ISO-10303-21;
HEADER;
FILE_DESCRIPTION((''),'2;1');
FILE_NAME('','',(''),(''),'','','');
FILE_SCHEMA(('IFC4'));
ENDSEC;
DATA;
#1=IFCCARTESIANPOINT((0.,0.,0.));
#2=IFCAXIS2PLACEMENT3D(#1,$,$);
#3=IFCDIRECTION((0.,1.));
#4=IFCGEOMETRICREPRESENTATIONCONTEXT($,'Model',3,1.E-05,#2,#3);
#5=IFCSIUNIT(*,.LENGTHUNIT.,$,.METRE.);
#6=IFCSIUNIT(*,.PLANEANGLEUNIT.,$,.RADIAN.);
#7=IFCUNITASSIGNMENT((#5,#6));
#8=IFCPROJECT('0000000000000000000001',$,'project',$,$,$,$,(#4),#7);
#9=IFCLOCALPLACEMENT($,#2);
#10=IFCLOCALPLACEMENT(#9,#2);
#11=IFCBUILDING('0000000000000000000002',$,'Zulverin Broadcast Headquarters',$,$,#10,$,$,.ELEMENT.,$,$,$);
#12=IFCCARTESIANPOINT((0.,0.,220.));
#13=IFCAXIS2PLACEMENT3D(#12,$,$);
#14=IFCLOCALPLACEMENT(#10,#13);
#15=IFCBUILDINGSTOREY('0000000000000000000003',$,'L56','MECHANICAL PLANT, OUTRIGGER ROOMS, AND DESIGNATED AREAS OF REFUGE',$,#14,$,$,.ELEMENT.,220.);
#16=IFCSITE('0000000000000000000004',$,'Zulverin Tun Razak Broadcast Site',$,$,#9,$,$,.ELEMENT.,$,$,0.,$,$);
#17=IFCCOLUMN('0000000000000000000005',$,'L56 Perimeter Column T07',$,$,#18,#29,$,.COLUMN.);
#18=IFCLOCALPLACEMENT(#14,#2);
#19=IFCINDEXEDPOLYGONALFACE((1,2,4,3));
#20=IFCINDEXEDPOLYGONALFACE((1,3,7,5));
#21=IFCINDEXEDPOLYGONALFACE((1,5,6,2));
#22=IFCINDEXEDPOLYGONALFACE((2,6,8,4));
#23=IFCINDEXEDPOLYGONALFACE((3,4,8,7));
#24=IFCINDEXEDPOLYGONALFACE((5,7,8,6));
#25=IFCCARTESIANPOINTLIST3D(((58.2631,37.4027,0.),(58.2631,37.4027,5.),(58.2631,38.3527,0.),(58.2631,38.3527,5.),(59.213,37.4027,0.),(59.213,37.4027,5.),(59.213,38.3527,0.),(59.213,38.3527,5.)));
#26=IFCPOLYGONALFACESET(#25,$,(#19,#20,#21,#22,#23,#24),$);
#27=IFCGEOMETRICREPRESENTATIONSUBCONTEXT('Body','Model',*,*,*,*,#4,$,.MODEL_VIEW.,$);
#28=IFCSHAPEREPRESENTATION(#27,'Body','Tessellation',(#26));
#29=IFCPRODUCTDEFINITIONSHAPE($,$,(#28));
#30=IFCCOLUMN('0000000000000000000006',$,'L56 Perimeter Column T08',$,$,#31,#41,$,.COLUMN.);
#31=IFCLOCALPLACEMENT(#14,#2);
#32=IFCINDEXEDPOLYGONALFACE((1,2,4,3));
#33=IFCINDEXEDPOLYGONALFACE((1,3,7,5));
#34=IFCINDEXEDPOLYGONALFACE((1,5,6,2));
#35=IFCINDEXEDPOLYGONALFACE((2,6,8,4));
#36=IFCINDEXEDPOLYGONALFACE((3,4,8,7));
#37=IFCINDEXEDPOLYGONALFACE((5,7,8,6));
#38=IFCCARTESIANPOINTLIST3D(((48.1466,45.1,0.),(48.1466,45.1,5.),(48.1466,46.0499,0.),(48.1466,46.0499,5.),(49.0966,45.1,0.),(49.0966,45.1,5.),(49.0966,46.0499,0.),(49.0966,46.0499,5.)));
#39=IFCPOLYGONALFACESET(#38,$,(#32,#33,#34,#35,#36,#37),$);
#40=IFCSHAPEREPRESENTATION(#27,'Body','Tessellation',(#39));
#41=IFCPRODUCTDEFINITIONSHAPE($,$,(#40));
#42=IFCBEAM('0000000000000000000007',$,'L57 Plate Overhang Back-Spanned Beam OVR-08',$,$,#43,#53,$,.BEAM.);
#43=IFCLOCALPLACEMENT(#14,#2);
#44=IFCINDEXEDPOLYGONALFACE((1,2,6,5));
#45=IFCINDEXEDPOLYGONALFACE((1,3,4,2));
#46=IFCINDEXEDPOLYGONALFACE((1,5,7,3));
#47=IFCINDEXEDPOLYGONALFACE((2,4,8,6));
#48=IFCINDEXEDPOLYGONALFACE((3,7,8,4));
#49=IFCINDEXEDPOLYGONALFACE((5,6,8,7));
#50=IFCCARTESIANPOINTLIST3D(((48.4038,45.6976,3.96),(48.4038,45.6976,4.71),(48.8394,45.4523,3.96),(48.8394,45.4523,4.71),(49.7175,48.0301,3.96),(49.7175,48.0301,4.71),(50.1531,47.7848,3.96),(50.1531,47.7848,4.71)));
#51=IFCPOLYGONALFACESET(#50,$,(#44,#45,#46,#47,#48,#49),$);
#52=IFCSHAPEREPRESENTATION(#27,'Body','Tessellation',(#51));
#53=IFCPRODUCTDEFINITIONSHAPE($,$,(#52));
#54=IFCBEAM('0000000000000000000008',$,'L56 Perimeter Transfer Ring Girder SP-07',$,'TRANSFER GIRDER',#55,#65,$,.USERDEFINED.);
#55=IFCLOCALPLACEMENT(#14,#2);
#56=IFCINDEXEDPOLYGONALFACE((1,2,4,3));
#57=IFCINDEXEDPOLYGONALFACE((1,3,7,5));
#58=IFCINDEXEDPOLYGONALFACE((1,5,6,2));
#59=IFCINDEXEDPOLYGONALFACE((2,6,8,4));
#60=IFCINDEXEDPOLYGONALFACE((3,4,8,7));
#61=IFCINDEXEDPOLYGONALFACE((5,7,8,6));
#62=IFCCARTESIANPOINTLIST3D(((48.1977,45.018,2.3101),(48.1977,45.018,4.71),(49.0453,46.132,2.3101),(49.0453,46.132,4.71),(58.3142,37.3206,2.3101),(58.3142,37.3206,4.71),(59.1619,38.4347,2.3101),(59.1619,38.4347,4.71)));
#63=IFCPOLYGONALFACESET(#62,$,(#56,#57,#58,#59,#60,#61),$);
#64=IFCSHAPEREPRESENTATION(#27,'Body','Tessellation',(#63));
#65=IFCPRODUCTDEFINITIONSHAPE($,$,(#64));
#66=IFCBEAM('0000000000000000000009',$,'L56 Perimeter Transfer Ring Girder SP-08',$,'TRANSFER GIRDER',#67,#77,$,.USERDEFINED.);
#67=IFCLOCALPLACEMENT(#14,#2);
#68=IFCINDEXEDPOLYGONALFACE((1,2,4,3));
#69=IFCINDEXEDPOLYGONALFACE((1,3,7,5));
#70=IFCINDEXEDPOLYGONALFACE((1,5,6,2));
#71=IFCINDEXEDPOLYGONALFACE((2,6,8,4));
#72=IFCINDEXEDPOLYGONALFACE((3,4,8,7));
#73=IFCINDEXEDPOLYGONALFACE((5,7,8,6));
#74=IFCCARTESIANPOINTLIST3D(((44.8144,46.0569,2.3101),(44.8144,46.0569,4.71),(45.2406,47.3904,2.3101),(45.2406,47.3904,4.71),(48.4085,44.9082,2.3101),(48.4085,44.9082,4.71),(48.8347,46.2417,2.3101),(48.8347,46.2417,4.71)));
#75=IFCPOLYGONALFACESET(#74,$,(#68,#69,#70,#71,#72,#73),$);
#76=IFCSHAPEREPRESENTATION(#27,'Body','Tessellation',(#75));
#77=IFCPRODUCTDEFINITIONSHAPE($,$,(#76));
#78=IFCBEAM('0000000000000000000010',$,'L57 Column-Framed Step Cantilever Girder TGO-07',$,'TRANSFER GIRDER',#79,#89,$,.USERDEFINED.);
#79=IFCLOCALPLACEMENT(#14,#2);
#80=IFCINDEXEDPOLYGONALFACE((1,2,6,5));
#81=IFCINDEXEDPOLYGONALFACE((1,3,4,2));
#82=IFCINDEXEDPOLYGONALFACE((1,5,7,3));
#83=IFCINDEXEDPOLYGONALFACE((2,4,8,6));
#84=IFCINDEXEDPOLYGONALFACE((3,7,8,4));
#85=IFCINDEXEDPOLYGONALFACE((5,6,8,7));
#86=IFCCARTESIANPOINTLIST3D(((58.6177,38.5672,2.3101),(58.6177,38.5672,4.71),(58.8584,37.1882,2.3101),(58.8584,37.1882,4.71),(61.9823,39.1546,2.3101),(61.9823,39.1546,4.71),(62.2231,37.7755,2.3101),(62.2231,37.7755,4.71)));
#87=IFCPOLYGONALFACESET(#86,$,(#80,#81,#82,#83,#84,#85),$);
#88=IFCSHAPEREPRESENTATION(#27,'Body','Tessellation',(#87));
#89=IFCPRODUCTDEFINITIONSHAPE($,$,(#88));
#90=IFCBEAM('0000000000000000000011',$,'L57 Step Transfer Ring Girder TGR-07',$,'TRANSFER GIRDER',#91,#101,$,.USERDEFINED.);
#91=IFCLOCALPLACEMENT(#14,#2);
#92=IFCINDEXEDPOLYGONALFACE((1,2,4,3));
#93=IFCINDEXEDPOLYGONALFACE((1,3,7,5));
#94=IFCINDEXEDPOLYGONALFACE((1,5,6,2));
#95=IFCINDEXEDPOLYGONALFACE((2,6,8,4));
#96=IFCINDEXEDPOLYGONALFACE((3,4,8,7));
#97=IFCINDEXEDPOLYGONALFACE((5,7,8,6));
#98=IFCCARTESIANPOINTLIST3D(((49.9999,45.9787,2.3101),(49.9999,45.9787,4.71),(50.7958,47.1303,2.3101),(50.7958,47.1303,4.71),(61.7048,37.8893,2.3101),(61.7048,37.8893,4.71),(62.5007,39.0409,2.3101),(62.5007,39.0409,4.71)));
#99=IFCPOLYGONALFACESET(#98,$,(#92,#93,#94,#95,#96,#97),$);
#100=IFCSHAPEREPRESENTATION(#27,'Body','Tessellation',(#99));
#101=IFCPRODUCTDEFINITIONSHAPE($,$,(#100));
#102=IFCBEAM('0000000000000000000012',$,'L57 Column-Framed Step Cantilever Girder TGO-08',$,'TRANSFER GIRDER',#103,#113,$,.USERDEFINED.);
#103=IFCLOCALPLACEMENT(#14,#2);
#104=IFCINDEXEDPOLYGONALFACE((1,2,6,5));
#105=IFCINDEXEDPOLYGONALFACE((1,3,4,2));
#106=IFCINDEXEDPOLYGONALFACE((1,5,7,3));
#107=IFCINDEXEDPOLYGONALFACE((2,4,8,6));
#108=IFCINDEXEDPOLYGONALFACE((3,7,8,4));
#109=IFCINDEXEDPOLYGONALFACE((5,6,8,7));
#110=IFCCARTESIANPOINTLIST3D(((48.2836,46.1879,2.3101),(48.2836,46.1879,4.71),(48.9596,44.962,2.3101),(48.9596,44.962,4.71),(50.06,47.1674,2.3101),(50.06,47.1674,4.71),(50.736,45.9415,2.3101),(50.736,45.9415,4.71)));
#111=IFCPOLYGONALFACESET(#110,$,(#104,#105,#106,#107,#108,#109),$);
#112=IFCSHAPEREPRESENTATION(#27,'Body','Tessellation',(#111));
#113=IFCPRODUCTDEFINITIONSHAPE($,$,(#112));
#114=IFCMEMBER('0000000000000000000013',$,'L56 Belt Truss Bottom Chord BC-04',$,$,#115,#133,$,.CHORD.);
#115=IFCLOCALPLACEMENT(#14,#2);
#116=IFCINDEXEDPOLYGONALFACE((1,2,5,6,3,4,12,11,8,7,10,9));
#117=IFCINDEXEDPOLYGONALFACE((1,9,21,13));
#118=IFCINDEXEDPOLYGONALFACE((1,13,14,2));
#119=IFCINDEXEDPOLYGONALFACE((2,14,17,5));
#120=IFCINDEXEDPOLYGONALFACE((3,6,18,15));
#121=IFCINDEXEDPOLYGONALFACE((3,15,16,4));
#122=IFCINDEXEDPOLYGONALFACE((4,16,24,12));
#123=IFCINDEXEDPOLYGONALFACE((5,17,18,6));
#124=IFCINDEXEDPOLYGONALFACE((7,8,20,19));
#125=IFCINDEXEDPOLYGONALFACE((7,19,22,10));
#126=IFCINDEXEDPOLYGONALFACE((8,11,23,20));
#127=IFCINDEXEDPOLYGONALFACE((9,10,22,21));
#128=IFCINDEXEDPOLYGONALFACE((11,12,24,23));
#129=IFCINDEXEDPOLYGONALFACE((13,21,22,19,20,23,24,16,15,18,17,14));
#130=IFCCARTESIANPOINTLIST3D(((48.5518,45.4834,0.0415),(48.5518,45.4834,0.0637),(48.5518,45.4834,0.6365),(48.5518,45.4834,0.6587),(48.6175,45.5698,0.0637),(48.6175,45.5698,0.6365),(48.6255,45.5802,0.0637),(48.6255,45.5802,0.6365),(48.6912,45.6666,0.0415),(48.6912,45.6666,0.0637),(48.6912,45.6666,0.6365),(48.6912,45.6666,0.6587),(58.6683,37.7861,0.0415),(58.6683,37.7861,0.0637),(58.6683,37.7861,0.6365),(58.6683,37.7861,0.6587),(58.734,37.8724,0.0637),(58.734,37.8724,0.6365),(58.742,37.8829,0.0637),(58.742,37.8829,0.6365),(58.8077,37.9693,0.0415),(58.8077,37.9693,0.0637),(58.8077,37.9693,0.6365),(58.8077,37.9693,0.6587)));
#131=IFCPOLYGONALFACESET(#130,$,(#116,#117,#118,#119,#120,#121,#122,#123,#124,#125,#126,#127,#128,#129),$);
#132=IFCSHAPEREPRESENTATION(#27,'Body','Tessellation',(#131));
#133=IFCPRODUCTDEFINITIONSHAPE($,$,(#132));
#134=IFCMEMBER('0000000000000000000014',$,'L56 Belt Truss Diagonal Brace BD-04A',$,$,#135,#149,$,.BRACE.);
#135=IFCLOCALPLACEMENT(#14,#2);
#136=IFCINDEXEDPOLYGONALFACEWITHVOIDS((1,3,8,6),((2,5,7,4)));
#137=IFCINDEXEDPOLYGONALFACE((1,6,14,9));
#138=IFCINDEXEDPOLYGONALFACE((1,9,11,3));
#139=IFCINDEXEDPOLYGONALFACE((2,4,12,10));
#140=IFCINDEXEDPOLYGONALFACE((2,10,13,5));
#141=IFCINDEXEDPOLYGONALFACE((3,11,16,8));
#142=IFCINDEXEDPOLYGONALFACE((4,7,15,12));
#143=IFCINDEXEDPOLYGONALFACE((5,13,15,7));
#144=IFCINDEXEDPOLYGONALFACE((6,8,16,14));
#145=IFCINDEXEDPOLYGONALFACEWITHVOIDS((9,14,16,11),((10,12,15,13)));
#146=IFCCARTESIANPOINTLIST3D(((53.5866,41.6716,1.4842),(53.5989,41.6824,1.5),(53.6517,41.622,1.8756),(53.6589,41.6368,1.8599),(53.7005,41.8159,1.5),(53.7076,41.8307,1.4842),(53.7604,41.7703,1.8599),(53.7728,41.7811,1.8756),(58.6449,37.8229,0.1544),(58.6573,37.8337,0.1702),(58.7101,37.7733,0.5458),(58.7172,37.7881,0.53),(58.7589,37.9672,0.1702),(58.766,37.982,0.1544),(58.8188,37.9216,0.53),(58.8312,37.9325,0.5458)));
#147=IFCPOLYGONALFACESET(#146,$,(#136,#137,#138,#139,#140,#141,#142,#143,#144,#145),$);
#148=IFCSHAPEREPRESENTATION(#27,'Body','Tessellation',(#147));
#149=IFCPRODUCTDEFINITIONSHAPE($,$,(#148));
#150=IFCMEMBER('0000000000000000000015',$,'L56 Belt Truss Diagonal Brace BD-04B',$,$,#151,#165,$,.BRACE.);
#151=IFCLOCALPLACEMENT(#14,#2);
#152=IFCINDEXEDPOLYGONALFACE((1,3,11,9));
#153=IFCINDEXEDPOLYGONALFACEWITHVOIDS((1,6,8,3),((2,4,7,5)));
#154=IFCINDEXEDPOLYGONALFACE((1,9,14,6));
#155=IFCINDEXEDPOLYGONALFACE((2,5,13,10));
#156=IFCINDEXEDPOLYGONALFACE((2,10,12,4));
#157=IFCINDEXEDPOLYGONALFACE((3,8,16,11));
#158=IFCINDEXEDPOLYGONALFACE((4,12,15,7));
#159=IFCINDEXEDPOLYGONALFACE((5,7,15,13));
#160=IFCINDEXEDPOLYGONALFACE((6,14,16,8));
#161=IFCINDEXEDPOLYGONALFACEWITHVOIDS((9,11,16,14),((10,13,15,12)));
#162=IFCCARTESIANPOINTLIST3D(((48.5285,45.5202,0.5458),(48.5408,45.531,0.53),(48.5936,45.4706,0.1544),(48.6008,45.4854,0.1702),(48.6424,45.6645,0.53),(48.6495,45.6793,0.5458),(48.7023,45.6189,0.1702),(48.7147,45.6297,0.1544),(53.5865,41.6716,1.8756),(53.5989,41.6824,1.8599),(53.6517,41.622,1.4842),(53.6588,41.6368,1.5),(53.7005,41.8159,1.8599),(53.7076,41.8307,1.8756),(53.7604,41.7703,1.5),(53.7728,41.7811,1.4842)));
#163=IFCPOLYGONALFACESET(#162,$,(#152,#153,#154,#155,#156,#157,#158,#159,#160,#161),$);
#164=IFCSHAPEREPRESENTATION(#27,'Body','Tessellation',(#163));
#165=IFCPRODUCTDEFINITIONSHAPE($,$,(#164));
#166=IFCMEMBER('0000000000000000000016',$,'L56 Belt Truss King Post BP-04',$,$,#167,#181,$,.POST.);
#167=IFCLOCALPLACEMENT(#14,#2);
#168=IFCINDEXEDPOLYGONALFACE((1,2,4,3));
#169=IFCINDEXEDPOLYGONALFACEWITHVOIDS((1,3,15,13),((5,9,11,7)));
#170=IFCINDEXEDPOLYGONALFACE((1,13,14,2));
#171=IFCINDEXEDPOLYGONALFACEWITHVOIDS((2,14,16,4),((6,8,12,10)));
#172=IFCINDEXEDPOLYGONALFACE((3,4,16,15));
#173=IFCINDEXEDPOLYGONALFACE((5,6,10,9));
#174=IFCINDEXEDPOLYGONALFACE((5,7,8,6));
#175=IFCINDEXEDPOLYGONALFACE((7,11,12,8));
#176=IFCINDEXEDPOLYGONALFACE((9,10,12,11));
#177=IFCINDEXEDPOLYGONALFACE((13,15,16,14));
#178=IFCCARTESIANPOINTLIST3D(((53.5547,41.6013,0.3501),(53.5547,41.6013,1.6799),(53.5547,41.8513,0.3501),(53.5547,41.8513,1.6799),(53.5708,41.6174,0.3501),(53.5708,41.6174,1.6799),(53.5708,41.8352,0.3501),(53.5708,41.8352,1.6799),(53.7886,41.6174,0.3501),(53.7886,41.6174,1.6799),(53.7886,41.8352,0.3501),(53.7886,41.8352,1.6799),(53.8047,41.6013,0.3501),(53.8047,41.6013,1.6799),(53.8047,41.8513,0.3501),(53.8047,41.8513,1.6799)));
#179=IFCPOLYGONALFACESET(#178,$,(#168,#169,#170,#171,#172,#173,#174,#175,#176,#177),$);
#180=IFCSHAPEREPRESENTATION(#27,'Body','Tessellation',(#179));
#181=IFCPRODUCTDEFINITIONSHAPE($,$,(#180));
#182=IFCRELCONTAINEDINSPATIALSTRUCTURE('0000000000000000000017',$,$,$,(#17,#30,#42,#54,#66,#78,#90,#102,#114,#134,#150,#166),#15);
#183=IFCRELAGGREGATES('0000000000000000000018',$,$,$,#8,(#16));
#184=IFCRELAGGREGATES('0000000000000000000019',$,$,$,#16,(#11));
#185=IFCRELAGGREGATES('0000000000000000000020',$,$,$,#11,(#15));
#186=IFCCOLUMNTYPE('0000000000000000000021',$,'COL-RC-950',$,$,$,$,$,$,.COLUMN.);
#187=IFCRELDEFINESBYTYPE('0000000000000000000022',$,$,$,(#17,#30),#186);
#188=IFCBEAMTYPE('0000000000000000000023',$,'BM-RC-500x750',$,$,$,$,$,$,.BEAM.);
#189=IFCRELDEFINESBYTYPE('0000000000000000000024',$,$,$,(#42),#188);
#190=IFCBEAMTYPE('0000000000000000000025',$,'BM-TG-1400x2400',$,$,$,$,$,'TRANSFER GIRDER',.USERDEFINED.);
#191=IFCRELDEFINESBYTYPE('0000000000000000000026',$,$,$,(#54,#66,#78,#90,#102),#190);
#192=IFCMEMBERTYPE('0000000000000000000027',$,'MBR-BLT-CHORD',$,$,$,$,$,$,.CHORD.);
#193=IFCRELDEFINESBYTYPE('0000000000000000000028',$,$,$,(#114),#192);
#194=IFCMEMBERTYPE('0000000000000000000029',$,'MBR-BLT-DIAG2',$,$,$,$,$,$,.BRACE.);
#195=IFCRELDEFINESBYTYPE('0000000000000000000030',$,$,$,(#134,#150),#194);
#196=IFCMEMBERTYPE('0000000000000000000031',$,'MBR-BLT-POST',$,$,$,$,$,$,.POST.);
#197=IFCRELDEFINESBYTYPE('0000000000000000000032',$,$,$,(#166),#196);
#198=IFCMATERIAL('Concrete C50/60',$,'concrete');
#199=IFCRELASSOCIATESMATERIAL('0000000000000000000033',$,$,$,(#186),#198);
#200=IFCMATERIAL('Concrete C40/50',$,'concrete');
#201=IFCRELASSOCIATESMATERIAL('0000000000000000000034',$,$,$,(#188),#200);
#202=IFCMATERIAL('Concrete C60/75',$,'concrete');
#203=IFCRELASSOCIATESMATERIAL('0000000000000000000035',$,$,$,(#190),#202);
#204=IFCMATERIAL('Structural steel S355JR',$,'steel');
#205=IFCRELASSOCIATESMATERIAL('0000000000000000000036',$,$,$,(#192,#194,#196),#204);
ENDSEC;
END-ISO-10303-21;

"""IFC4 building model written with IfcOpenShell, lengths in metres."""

from ifc_helpers import new_model, si_unit, direction, frame, origin, origin_2d, place, context, subcontext, project, spatial, rectangle, hollow_rectangle, i_section, extrude, material, material_profile, profile_set, type_object, element, save


model = new_model("IFC4")

# Units and contexts
model_context = context("Model", 3, precision=1e-05, world=origin(), true_north=direction((0.0, 1.0)))
body_context = subcontext(model_context, "Body", "Model", "MODEL_VIEW")
ifc_project = project(units=[si_unit("LENGTHUNIT", "METRE"), si_unit("PLANEANGLEUNIT", "RADIAN")], contexts=[model_context])

# Site, building, storey
site_placement = place(None, origin())
site = spatial("IfcSite", under=ifc_project, at=site_placement, Name="Zulverin Tun Razak Broadcast Site", CompositionType="ELEMENT", RefElevation=0.0)
building_placement = place(site_placement, origin())
building = spatial("IfcBuilding", under=site, at=building_placement, Name="Zulverin Broadcast Headquarters", CompositionType="ELEMENT")
storey_placement = place(building_placement, frame((0.0, 0.0, 220.0)))
storey = spatial("IfcBuildingStorey", under=building, at=storey_placement, Name="L56", Description="MECHANICAL PLANT, OUTRIGGER ROOMS, AND DESIGNATED AREAS OF REFUGE", CompositionType="ELEMENT", Elevation=220.0)

# Columns
ifc_material_1 = material(Name="Concrete C50/60", Category="concrete")
ifc_material_profile_1 = material_profile(ifc_material_1, rectangle(XDim=0.95, YDim=0.95, at=origin_2d()), Name="Concrete C50/60", Category="concrete")
ifc_profile_set_1 = profile_set([ifc_material_profile_1], Name="Concrete C50/60")
column_type = type_object("IfcColumnType", Name="COL-RC-950", PredefinedType="COLUMN", material=ifc_profile_set_1)
for number, where, z_axis, x_axis, name in (
    (1, (58.738, 37.8777, 0.0), (0.0, 0.0, 1.0), (1.0, 0.0, 0.0), "L56 Perimeter Column T07"),
    (2, (48.6216, 45.575, 0.0), (0.0, 0.0, 1.0), (1.0, 0.0, 0.0), "L56 Perimeter Column T08"),
):
    element("IfcColumn", number, at=place(storey_placement, frame(where, z_axis=z_axis, x_axis=x_axis)), inside=storey, type_object=column_type, Name=name, PredefinedType="COLUMN", context=body_context, shape_type="SweptSolid", body=[
        extrude(rectangle(XDim=0.95, YDim=0.95, at=origin_2d()), origin(), (0.0, 0.0, 1.0), 5.0),
    ])

# Beams
ifc_material_2 = material(Name="Concrete C40/50", Category="concrete")
ifc_material_profile_2 = material_profile(ifc_material_2, rectangle(XDim=0.5, YDim=0.75, at=origin_2d()), Name="Concrete C40/50", Category="concrete")
ifc_profile_set_2 = profile_set([ifc_material_profile_2], Name="Concrete C40/50")
beam_type_1 = type_object("IfcBeamType", Name="BM-RC-500x750", PredefinedType="BEAM", material=ifc_profile_set_2)
beam_1_placement = place(storey_placement, frame((48.6216, 45.575, 4.335), z_axis=(0.490737, 0.871307, 0.0), x_axis=(-0.871307, 0.490737, 0.0)))
element("IfcBeam", 3, at=beam_1_placement, inside=storey, type_object=beam_type_1, Name="L57 Plate Overhang Back-Spanned Beam OVR-08", PredefinedType="BEAM", context=body_context, shape_type="SweptSolid", body=[
    extrude(rectangle(XDim=0.5, YDim=0.75, at=origin_2d()), origin(), (0.0, 0.0, 1.0), 2.677),
])
ifc_material_3 = material(Name="Concrete C60/75", Category="concrete")
ifc_material_profile_3 = material_profile(ifc_material_3, rectangle(XDim=1.3999, YDim=2.3999, at=origin_2d()), Name="Concrete C60/75", Category="concrete")
ifc_profile_set_3 = profile_set([ifc_material_profile_3], Name="Concrete C60/75")
beam_type_2 = type_object("IfcBeamType", Name="BM-TG-1400x2400", ElementType="TRANSFER GIRDER", PredefinedType="USERDEFINED", material=ifc_profile_set_3)
beam_2_placement = place(storey_placement, frame((58.738, 37.8777, 3.51), z_axis=(-0.79583, 0.60552, 0.0), x_axis=(-0.60552, -0.79583, 0.0)))
element("IfcBeam", 4, at=beam_2_placement, inside=storey, type_object=beam_type_2, Name="L56 Perimeter Transfer Ring Girder SP-07", ObjectType="TRANSFER GIRDER", PredefinedType="USERDEFINED", context=body_context, shape_type="SweptSolid", body=[
    extrude(rectangle(XDim=1.3999, YDim=2.3999, at=origin_2d()), origin(), (0.0, 0.0, 1.0), 12.7119),
])
beam_3_placement = place(storey_placement, frame((48.6216, 45.575, 3.51), z_axis=(-0.952532, 0.30444, 0.0), x_axis=(-0.30444, -0.952532, 0.0)))
element("IfcBeam", 5, at=beam_3_placement, inside=storey, type_object=beam_type_2, Name="L56 Perimeter Transfer Ring Girder SP-08", ObjectType="TRANSFER GIRDER", PredefinedType="USERDEFINED", context=body_context, shape_type="SweptSolid", body=[
    extrude(rectangle(XDim=1.3999, YDim=2.3999, at=origin_2d()), origin(), (0.0, 0.0, 1.0), 3.7732),
])
beam_4_placement = place(storey_placement, frame((58.738, 37.8777, 3.51), z_axis=(0.985101, 0.171975, 0.0), x_axis=(-0.171975, 0.985101, 0.0)))
element("IfcBeam", 6, at=beam_4_placement, inside=storey, type_object=beam_type_2, Name="L57 Column-Framed Step Cantilever Girder TGO-07", ObjectType="TRANSFER GIRDER", PredefinedType="USERDEFINED", context=body_context, shape_type="SweptSolid", body=[
    extrude(rectangle(XDim=1.3999, YDim=2.3999, at=origin_2d()), origin(), (0.0, 0.0, 1.0), 3.4155),
])
beam_5_placement = place(storey_placement, frame((62.1028, 38.4651, 3.51), z_axis=(-0.822652, 0.568545, 0.0), x_axis=(-0.568545, -0.822652, 0.0)))
element("IfcBeam", 7, at=beam_5_placement, inside=storey, type_object=beam_type_2, Name="L57 Step Transfer Ring Girder TGR-07", ObjectType="TRANSFER GIRDER", PredefinedType="USERDEFINED", context=body_context, shape_type="SweptSolid", body=[
    extrude(rectangle(XDim=1.3999, YDim=2.3999, at=origin_2d()), origin(), (0.0, 0.0, 1.0), 14.2283),
])
beam_6_placement = place(storey_placement, frame((48.6216, 45.575, 3.51), z_axis=(0.875697, 0.482861, 0.0), x_axis=(-0.482861, 0.875697, 0.0)))
element("IfcBeam", 8, at=beam_6_placement, inside=storey, type_object=beam_type_2, Name="L57 Column-Framed Step Cantilever Girder TGO-08", ObjectType="TRANSFER GIRDER", PredefinedType="USERDEFINED", context=body_context, shape_type="SweptSolid", body=[
    extrude(rectangle(XDim=1.3999, YDim=2.3999, at=origin_2d()), origin(), (0.0, 0.0, 1.0), 2.0286),
])

# Members
ifc_material_4 = material(Name="Structural steel S355JR", Category="steel")
ifc_material_profile_4 = material_profile(ifc_material_4, i_section(OverallWidth=0.2302, OverallDepth=0.6172, WebThickness=0.0132, FlangeThickness=0.0222, at=origin_2d()), Name="Structural steel S355JR", Category="steel")
ifc_profile_set_4 = profile_set([ifc_material_profile_4], Name="Structural steel S355JR")
member_type_1 = type_object("IfcMemberType", Name="MBR-BLT-CHORD", PredefinedType="CHORD", material=ifc_profile_set_4)
member_1_placement = place(storey_placement, frame((58.738, 37.8777, 0.3501), z_axis=(-0.79583, 0.60552, 0.0), x_axis=(-0.60552, -0.79583, 0.0)))
element("IfcMember", 9, at=member_1_placement, inside=storey, type_object=member_type_1, Name="L56 Belt Truss Bottom Chord BC-04", PredefinedType="CHORD", context=body_context, shape_type="SweptSolid", body=[
    extrude(i_section(OverallWidth=0.2302, OverallDepth=0.6172, WebThickness=0.0132, FlangeThickness=0.0222, at=origin_2d()), origin(), (0.0, 0.0, 1.0), 12.7119),
])
ifc_material_profile_5 = material_profile(ifc_material_4, hollow_rectangle(XDim=0.2, YDim=0.3999, WallThickness=0.0161, at=origin_2d()), Name="Structural steel S355JR", Category="steel")
ifc_profile_set_5 = profile_set([ifc_material_profile_5], Name="Structural steel S355JR")
member_type_2 = type_object("IfcMemberType", Name="MBR-BLT-DIAG2", PredefinedType="BRACE", material=ifc_profile_set_5)
member_2_placement = place(storey_placement, frame((58.738, 37.8777, 0.3501), z_axis=(-0.77897, 0.592677, 0.20479), x_axis=(-0.605511, -0.795837, 0.0)))
element("IfcMember", 10, at=member_2_placement, inside=storey, type_object=member_type_2, Name="L56 Belt Truss Diagonal Brace BD-04A", PredefinedType="BRACE", context=body_context, shape_type="SweptSolid", body=[
    extrude(hollow_rectangle(XDim=0.2, YDim=0.3999, WallThickness=0.0161, at=origin_2d()), origin(), (0.0, 0.0, 1.0), 6.4937),
])
member_3_placement = place(storey_placement, frame((48.6216, 45.575, 0.3501), z_axis=(0.778955, -0.592695, 0.204796), x_axis=(0.605529, 0.795823, 0.0)))
element("IfcMember", 11, at=member_3_placement, inside=storey, type_object=member_type_2, Name="L56 Belt Truss Diagonal Brace BD-04B", PredefinedType="BRACE", context=body_context, shape_type="SweptSolid", body=[
    extrude(hollow_rectangle(XDim=0.2, YDim=0.3999, WallThickness=0.0161, at=origin_2d()), origin(), (0.0, 0.0, 1.0), 6.4934),
])
ifc_material_profile_6 = material_profile(ifc_material_4, hollow_rectangle(XDim=0.25, YDim=0.25, WallThickness=0.0161, at=origin_2d()), Name="Structural steel S355JR", Category="steel")
ifc_profile_set_6 = profile_set([ifc_material_profile_6], Name="Structural steel S355JR")
member_type_3 = type_object("IfcMemberType", Name="MBR-BLT-POST", PredefinedType="POST", material=ifc_profile_set_6)
member_4_placement = place(storey_placement, frame((53.6797, 41.7263, 0.3501), z_axis=(0.0, 0.0, 1.0), x_axis=(1.0, 0.0, 0.0)))
element("IfcMember", 12, at=member_4_placement, inside=storey, type_object=member_type_3, Name="L56 Belt Truss King Post BP-04", PredefinedType="POST", context=body_context, shape_type="SweptSolid", body=[
    extrude(hollow_rectangle(XDim=0.25, YDim=0.25, WallThickness=0.0161, at=origin_2d()), origin(), (0.0, 0.0, 1.0), 1.3298),
])

save(model, "model.ifc")
